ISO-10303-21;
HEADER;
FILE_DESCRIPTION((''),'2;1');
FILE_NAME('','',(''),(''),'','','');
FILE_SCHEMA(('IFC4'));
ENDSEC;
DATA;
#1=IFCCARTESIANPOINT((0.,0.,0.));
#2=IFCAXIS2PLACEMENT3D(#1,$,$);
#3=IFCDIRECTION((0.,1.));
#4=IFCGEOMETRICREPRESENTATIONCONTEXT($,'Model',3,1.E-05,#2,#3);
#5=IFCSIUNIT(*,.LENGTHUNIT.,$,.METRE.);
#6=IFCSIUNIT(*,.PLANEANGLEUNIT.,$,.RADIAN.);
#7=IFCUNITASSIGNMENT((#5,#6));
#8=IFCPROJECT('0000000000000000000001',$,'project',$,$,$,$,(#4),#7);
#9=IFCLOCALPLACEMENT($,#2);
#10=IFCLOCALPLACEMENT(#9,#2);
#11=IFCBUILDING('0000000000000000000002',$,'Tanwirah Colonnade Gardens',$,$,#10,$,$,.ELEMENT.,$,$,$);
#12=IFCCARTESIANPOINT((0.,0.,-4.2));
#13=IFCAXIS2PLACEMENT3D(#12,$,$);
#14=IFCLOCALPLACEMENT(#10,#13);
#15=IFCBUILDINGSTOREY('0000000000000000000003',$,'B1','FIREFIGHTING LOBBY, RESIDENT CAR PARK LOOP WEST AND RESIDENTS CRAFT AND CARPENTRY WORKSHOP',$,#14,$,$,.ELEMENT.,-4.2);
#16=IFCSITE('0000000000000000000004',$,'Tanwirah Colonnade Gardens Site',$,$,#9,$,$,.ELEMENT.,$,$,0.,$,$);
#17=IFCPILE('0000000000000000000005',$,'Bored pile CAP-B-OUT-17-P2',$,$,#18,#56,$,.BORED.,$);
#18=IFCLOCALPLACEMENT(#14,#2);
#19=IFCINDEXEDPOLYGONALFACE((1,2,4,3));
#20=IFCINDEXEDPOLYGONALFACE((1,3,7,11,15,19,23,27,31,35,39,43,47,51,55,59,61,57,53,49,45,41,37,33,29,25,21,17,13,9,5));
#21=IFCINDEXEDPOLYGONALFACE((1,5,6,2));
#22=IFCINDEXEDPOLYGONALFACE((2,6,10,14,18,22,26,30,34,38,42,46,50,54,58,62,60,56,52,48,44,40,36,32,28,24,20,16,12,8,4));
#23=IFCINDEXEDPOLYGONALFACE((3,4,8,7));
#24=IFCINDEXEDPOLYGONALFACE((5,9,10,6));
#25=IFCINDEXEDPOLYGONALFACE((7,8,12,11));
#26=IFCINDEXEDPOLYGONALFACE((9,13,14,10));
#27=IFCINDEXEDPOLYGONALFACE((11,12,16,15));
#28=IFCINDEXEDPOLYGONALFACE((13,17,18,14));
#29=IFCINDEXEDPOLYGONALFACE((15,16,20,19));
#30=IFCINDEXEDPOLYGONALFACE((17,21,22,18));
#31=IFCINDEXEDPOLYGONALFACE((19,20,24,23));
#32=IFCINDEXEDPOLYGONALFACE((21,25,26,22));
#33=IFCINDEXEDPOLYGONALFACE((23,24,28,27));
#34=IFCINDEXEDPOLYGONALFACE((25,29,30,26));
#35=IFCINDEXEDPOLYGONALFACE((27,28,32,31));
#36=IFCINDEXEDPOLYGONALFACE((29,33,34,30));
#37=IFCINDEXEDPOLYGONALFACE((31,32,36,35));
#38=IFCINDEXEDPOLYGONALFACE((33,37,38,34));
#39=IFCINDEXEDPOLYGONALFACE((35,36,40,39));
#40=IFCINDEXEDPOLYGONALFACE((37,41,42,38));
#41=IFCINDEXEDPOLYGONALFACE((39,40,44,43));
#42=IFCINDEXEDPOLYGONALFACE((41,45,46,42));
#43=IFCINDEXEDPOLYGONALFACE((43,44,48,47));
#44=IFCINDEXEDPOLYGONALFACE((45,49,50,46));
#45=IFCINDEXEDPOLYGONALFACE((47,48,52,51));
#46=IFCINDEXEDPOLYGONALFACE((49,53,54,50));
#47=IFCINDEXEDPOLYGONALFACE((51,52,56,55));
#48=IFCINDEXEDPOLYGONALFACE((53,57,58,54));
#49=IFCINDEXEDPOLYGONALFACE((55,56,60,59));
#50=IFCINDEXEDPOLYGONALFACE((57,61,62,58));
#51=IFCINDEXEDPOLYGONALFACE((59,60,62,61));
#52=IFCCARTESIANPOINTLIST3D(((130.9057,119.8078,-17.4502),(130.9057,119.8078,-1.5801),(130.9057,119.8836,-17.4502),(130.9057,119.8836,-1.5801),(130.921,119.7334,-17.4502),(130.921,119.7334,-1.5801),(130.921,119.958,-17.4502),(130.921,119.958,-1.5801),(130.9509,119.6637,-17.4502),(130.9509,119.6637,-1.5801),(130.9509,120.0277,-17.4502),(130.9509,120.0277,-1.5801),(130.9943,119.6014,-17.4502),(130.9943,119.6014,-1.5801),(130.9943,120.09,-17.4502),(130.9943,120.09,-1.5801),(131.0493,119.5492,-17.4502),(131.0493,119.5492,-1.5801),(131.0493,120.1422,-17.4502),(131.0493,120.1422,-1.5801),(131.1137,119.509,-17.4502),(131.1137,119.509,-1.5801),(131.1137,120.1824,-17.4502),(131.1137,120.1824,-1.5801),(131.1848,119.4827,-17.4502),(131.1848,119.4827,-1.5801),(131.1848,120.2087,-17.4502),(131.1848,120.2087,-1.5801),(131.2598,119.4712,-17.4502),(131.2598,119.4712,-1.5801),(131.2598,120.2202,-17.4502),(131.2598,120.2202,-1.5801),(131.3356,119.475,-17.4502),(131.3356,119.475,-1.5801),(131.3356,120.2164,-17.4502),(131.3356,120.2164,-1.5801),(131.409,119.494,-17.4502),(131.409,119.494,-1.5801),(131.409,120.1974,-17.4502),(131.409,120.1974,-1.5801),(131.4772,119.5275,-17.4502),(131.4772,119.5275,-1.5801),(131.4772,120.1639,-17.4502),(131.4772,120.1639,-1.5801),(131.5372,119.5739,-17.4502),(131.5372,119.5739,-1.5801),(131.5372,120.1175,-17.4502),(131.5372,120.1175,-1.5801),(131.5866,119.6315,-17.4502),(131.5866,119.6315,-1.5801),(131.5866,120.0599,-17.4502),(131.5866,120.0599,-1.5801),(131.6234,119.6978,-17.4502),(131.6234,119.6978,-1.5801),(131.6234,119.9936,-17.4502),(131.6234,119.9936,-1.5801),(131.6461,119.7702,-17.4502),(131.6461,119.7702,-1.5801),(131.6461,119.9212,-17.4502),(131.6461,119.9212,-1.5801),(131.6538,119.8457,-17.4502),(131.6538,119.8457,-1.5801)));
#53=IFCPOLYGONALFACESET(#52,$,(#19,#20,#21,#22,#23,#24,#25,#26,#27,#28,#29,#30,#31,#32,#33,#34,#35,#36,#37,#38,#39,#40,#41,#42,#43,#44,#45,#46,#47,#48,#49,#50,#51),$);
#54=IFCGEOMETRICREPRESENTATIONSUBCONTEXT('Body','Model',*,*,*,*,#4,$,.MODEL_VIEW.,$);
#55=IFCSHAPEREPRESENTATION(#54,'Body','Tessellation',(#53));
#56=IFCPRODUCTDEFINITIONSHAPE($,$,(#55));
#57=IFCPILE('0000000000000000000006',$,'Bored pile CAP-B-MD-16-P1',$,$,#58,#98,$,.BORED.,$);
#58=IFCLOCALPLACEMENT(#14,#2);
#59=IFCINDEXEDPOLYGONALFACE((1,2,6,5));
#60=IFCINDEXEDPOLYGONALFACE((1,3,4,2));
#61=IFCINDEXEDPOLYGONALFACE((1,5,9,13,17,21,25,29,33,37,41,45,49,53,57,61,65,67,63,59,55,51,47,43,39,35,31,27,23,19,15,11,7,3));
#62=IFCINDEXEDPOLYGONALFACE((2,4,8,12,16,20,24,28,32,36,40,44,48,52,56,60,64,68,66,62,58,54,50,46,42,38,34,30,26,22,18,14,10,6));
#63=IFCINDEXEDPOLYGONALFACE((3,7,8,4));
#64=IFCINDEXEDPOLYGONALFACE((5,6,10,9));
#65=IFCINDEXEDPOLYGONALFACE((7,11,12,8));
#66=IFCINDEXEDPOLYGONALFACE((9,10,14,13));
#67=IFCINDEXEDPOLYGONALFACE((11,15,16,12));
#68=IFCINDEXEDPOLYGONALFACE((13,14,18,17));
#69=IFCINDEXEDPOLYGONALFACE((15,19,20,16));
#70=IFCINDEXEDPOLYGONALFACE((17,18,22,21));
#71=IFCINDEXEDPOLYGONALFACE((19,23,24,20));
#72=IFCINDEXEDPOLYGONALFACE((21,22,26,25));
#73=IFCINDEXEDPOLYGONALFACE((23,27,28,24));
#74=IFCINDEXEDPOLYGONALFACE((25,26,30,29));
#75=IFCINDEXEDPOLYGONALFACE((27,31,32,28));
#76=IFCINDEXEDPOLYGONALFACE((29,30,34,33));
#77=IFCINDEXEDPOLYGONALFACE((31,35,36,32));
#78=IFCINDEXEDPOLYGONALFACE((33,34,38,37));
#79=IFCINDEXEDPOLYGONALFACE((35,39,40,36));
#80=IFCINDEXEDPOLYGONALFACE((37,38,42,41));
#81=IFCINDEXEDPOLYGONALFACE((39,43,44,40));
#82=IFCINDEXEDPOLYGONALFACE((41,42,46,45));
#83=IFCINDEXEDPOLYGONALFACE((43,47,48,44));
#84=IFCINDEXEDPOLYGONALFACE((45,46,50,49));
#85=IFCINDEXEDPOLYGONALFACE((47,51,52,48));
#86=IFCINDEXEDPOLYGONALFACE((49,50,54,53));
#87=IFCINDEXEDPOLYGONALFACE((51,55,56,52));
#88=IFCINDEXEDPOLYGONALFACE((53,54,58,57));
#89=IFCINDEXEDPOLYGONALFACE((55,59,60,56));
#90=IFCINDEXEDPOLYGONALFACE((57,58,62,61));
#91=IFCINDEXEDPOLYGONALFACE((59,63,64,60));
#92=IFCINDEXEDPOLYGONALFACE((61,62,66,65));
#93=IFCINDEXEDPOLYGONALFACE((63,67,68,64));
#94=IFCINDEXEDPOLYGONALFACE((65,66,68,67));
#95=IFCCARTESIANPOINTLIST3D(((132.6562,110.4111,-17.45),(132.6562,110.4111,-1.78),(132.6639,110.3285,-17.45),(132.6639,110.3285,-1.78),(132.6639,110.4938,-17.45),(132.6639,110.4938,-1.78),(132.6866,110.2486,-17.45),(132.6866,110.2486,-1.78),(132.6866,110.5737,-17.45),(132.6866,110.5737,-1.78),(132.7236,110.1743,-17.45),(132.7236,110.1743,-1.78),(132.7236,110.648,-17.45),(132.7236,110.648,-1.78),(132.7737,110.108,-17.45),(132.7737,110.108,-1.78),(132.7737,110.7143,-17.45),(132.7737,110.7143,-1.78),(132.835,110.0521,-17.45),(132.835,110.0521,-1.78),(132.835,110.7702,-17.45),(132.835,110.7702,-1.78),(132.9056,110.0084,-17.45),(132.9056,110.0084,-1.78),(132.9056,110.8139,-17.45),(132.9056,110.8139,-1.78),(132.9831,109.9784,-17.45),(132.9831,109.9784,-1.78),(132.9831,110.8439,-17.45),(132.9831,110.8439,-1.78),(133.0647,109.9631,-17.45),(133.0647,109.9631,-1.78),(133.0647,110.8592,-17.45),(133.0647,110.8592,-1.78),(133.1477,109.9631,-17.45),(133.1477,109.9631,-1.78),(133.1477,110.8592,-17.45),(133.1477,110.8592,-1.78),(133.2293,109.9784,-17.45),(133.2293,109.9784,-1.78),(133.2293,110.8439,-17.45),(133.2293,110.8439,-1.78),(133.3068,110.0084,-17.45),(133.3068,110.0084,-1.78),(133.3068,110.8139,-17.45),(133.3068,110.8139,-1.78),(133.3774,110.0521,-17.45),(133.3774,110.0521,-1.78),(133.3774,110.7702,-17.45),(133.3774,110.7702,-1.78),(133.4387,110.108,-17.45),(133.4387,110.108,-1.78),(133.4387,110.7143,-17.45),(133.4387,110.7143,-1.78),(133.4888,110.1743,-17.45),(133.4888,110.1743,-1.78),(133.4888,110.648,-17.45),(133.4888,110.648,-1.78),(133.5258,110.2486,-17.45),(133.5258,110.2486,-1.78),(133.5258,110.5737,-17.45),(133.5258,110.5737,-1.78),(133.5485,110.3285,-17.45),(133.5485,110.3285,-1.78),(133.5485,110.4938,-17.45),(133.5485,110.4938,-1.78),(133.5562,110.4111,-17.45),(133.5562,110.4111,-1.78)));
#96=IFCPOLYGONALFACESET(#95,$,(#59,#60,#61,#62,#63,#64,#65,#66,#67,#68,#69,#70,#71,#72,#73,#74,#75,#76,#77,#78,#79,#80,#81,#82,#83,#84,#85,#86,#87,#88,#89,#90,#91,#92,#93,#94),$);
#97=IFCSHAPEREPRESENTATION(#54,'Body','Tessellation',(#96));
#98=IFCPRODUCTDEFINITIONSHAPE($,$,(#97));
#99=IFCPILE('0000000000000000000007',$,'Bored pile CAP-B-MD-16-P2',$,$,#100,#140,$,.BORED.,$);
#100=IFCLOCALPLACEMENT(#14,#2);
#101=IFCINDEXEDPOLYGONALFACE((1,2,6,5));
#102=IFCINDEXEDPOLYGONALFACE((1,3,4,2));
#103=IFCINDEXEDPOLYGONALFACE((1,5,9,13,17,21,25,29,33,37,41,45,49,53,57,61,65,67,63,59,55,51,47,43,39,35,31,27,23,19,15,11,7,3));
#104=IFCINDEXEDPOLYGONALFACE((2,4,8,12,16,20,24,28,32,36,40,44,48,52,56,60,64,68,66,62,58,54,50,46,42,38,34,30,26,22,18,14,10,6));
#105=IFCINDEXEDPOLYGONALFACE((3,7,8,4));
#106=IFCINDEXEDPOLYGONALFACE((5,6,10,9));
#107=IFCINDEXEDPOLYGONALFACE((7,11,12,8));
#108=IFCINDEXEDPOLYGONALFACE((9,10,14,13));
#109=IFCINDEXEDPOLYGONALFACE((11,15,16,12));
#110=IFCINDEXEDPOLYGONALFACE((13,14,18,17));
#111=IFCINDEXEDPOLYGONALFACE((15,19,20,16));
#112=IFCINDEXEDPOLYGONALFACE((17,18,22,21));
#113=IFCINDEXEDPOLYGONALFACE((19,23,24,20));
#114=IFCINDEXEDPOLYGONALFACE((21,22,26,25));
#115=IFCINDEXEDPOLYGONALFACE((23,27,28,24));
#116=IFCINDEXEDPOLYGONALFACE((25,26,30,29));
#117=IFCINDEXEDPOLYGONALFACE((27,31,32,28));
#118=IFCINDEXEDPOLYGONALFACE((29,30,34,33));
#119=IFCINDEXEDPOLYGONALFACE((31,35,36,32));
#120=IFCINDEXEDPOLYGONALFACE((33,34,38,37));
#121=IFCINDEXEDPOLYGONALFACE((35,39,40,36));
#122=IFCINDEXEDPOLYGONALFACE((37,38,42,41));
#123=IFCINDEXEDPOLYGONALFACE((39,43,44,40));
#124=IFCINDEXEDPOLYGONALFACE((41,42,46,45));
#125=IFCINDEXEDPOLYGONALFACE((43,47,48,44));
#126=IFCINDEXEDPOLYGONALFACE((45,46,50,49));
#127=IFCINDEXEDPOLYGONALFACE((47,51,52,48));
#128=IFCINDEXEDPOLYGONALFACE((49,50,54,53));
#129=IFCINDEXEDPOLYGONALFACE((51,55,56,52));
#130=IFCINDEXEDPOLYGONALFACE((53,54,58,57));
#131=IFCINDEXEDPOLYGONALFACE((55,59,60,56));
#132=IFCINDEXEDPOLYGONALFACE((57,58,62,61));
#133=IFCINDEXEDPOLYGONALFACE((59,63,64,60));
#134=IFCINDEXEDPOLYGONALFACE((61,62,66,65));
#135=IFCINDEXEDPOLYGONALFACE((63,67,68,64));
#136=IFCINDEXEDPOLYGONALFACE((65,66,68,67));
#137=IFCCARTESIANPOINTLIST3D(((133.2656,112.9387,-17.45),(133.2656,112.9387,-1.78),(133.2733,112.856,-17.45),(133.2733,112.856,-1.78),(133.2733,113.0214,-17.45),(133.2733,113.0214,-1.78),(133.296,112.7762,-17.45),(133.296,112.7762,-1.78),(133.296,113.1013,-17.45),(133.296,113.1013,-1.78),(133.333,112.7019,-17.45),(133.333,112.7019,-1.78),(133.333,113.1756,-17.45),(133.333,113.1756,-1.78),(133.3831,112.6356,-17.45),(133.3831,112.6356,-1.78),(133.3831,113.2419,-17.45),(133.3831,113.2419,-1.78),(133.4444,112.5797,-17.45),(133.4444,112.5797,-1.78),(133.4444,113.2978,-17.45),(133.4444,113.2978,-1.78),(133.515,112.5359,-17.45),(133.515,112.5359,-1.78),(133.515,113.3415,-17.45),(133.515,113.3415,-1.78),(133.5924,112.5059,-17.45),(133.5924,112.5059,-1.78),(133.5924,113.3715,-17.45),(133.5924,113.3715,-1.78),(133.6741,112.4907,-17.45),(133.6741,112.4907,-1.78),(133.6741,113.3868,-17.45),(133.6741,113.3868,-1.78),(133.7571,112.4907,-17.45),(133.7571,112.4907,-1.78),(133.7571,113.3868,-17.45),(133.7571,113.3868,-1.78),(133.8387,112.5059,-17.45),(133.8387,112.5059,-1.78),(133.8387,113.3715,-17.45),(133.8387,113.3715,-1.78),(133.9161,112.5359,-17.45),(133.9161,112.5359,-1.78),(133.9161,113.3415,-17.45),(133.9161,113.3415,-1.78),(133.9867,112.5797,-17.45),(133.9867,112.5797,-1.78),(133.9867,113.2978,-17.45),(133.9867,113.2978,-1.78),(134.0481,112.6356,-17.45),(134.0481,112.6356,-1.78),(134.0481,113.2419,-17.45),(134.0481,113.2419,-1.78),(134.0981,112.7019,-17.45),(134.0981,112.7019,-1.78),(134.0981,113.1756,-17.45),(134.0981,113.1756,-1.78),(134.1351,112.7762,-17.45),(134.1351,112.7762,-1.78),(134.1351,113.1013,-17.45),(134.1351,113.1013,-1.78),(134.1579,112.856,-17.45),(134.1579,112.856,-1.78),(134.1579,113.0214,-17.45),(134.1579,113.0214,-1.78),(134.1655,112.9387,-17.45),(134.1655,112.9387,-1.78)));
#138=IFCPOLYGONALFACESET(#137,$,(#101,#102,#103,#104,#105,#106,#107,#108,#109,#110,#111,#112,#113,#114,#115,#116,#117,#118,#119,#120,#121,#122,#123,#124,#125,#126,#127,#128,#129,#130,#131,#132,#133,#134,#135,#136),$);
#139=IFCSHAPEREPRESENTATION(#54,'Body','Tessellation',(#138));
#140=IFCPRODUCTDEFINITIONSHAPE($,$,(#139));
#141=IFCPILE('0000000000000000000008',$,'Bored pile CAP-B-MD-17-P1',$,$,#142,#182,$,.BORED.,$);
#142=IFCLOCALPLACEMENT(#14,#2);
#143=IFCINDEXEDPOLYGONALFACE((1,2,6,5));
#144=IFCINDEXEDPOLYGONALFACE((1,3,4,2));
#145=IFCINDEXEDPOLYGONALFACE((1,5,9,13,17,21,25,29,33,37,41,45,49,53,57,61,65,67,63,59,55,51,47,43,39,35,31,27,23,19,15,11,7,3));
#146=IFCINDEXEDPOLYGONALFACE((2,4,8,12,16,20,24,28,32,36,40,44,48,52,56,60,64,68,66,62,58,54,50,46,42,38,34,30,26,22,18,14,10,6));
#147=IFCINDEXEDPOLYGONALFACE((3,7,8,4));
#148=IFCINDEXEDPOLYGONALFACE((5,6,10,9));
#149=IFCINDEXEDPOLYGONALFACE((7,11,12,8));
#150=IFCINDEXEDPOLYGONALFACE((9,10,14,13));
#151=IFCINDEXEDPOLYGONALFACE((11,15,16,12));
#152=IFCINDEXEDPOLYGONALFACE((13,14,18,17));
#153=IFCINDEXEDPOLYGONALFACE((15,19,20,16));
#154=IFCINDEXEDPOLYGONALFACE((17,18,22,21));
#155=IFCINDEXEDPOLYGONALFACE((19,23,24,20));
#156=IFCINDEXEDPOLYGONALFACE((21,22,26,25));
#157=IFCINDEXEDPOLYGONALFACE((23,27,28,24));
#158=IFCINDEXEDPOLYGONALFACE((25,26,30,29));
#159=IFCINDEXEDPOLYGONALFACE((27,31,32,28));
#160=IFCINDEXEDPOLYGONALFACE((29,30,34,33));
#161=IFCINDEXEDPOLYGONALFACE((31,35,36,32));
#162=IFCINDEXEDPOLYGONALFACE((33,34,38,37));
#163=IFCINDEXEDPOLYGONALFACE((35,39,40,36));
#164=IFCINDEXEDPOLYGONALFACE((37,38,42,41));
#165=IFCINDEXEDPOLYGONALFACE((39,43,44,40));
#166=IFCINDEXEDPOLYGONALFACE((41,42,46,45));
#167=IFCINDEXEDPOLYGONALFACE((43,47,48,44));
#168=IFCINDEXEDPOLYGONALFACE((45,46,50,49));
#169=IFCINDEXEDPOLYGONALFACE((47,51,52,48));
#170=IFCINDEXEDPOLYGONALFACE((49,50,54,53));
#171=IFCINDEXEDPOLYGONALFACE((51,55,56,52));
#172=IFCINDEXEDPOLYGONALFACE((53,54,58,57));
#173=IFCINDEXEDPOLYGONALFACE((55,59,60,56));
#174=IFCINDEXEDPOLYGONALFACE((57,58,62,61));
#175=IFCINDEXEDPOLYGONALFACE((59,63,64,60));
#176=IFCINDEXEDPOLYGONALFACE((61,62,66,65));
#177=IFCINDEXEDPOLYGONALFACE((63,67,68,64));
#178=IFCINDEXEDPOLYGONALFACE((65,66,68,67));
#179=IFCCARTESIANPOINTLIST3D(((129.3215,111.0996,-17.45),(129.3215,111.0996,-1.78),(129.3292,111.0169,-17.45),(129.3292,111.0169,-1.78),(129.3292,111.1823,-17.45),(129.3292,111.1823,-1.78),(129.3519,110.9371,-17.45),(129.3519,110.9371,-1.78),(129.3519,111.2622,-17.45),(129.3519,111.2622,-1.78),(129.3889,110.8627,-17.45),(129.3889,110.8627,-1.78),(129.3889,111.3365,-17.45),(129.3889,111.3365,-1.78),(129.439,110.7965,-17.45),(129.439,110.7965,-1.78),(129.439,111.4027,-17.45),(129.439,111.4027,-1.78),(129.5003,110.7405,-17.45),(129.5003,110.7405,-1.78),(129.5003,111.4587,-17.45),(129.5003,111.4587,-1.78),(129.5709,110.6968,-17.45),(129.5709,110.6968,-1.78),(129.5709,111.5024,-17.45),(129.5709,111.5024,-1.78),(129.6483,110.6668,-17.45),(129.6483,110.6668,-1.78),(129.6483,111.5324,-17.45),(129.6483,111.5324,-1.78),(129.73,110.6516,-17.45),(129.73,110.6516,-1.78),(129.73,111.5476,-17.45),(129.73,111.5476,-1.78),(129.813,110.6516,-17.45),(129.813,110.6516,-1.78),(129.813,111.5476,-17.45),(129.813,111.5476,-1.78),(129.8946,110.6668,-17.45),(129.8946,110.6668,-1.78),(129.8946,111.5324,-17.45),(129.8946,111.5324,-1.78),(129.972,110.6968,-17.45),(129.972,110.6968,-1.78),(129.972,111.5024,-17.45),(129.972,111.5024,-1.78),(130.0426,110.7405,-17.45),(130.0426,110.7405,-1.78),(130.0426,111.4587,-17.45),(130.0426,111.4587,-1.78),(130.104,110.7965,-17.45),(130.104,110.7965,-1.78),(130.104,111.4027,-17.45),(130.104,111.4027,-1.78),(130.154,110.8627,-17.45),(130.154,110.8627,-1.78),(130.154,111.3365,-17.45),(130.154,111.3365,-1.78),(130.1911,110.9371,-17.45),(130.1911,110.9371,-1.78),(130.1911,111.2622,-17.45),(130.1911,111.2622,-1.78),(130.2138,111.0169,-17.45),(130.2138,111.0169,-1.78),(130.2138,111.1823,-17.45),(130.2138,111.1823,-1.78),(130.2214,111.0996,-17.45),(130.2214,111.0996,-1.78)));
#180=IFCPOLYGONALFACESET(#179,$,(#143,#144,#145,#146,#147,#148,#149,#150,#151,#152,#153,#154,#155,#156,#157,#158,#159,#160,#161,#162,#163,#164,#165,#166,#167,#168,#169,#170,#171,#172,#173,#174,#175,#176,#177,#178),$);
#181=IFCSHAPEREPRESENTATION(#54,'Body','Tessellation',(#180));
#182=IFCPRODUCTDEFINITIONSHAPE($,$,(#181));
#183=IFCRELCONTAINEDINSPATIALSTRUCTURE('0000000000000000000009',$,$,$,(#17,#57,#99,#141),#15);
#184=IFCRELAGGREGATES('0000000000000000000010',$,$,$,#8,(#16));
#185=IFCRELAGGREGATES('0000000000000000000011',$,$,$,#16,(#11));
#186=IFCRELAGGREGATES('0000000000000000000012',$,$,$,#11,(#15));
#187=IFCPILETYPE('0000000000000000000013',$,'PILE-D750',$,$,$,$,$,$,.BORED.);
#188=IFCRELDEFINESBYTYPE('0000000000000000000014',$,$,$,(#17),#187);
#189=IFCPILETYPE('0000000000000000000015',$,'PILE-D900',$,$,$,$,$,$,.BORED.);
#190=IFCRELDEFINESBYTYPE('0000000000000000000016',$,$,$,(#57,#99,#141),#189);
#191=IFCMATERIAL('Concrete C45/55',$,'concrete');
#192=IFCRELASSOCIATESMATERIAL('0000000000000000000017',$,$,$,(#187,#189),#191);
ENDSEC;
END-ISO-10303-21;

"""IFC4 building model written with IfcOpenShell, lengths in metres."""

from ifc_helpers import new_model, si_unit, direction, frame, origin, origin_2d, place, context, subcontext, project, spatial, circle, extrude, material, material_profile, profile_set, type_object, element, save


model = new_model("IFC4")

# Units and contexts
model_context = context("Model", 3, precision=1e-05, world=origin(), true_north=direction((0.0, 1.0)))
body_context = subcontext(model_context, "Body", "Model", "MODEL_VIEW")
ifc_project = project(units=[si_unit("LENGTHUNIT", "METRE"), si_unit("PLANEANGLEUNIT", "RADIAN")], contexts=[model_context])

# Site, building, storey
site_placement = place(None, origin())
site = spatial("IfcSite", under=ifc_project, at=site_placement, Name="Tanwirah Colonnade Gardens Site", CompositionType="ELEMENT", RefElevation=0.0)
building_placement = place(site_placement, origin())
building = spatial("IfcBuilding", under=site, at=building_placement, Name="Tanwirah Colonnade Gardens", CompositionType="ELEMENT")
storey_placement = place(building_placement, frame((0.0, 0.0, -4.2)))
storey = spatial("IfcBuildingStorey", under=building, at=storey_placement, Name="B1", Description="FIREFIGHTING LOBBY, RESIDENT CAR PARK LOOP WEST AND RESIDENTS CRAFT AND CARPENTRY WORKSHOP", CompositionType="ELEMENT", Elevation=-4.2)

# Shared definitions
ifc_material_1 = material(Name="Concrete C45/55", Category="concrete")

# Piles
ifc_material_profile_1 = material_profile(ifc_material_1, circle(Radius=0.375, at=origin_2d()), Name="PILE D750")
ifc_profile_set_1 = profile_set([ifc_material_profile_1], Name="Concrete C45/55")
pile_type_1 = type_object("IfcPileType", Name="PILE-D750", PredefinedType="BORED", material=ifc_profile_set_1)
for number, where, z_axis, x_axis, name in (
    (1, (131.2788, 119.8457, -1.5801), (0.0, 0.0, -1.0), (1.0, 0.0, 0.0), "Bored pile CAP-B-OUT-17-P2"),
):
    element("IfcPile", number, at=place(storey_placement, frame(where, z_axis=z_axis, x_axis=x_axis)), inside=storey, type_object=pile_type_1, Name=name, PredefinedType="BORED", context=body_context, shape_type="SweptSolid", body=[
        extrude(circle(Radius=0.375, at=origin_2d()), origin(), (0.0, 0.0, 1.0), 15.8701),
    ])
ifc_material_profile_2 = material_profile(ifc_material_1, circle(Radius=0.45, at=origin_2d()), Name="PILE D900")
ifc_profile_set_2 = profile_set([ifc_material_profile_2], Name="Concrete C45/55")
pile_type_2 = type_object("IfcPileType", Name="PILE-D900", PredefinedType="BORED", material=ifc_profile_set_2)
for number, where, z_axis, x_axis, name in (
    (2, (133.1062, 110.4111, -1.78), (0.0, 0.0, -1.0), (1.0, 0.0, 0.0), "Bored pile CAP-B-MD-16-P1"),
    (3, (133.7156, 112.9387, -1.78), (0.0, 0.0, -1.0), (1.0, 0.0, 0.0), "Bored pile CAP-B-MD-16-P2"),
    (4, (129.7715, 111.0996, -1.78), (0.0, 0.0, -1.0), (1.0, 0.0, 0.0), "Bored pile CAP-B-MD-17-P1"),
):
    element("IfcPile", number, at=place(storey_placement, frame(where, z_axis=z_axis, x_axis=x_axis)), inside=storey, type_object=pile_type_2, Name=name, PredefinedType="BORED", context=body_context, shape_type="SweptSolid", body=[
        extrude(circle(Radius=0.45, at=origin_2d()), origin(), (0.0, 0.0, 1.0), 15.6699),
    ])

save(model, "model.ifc")
